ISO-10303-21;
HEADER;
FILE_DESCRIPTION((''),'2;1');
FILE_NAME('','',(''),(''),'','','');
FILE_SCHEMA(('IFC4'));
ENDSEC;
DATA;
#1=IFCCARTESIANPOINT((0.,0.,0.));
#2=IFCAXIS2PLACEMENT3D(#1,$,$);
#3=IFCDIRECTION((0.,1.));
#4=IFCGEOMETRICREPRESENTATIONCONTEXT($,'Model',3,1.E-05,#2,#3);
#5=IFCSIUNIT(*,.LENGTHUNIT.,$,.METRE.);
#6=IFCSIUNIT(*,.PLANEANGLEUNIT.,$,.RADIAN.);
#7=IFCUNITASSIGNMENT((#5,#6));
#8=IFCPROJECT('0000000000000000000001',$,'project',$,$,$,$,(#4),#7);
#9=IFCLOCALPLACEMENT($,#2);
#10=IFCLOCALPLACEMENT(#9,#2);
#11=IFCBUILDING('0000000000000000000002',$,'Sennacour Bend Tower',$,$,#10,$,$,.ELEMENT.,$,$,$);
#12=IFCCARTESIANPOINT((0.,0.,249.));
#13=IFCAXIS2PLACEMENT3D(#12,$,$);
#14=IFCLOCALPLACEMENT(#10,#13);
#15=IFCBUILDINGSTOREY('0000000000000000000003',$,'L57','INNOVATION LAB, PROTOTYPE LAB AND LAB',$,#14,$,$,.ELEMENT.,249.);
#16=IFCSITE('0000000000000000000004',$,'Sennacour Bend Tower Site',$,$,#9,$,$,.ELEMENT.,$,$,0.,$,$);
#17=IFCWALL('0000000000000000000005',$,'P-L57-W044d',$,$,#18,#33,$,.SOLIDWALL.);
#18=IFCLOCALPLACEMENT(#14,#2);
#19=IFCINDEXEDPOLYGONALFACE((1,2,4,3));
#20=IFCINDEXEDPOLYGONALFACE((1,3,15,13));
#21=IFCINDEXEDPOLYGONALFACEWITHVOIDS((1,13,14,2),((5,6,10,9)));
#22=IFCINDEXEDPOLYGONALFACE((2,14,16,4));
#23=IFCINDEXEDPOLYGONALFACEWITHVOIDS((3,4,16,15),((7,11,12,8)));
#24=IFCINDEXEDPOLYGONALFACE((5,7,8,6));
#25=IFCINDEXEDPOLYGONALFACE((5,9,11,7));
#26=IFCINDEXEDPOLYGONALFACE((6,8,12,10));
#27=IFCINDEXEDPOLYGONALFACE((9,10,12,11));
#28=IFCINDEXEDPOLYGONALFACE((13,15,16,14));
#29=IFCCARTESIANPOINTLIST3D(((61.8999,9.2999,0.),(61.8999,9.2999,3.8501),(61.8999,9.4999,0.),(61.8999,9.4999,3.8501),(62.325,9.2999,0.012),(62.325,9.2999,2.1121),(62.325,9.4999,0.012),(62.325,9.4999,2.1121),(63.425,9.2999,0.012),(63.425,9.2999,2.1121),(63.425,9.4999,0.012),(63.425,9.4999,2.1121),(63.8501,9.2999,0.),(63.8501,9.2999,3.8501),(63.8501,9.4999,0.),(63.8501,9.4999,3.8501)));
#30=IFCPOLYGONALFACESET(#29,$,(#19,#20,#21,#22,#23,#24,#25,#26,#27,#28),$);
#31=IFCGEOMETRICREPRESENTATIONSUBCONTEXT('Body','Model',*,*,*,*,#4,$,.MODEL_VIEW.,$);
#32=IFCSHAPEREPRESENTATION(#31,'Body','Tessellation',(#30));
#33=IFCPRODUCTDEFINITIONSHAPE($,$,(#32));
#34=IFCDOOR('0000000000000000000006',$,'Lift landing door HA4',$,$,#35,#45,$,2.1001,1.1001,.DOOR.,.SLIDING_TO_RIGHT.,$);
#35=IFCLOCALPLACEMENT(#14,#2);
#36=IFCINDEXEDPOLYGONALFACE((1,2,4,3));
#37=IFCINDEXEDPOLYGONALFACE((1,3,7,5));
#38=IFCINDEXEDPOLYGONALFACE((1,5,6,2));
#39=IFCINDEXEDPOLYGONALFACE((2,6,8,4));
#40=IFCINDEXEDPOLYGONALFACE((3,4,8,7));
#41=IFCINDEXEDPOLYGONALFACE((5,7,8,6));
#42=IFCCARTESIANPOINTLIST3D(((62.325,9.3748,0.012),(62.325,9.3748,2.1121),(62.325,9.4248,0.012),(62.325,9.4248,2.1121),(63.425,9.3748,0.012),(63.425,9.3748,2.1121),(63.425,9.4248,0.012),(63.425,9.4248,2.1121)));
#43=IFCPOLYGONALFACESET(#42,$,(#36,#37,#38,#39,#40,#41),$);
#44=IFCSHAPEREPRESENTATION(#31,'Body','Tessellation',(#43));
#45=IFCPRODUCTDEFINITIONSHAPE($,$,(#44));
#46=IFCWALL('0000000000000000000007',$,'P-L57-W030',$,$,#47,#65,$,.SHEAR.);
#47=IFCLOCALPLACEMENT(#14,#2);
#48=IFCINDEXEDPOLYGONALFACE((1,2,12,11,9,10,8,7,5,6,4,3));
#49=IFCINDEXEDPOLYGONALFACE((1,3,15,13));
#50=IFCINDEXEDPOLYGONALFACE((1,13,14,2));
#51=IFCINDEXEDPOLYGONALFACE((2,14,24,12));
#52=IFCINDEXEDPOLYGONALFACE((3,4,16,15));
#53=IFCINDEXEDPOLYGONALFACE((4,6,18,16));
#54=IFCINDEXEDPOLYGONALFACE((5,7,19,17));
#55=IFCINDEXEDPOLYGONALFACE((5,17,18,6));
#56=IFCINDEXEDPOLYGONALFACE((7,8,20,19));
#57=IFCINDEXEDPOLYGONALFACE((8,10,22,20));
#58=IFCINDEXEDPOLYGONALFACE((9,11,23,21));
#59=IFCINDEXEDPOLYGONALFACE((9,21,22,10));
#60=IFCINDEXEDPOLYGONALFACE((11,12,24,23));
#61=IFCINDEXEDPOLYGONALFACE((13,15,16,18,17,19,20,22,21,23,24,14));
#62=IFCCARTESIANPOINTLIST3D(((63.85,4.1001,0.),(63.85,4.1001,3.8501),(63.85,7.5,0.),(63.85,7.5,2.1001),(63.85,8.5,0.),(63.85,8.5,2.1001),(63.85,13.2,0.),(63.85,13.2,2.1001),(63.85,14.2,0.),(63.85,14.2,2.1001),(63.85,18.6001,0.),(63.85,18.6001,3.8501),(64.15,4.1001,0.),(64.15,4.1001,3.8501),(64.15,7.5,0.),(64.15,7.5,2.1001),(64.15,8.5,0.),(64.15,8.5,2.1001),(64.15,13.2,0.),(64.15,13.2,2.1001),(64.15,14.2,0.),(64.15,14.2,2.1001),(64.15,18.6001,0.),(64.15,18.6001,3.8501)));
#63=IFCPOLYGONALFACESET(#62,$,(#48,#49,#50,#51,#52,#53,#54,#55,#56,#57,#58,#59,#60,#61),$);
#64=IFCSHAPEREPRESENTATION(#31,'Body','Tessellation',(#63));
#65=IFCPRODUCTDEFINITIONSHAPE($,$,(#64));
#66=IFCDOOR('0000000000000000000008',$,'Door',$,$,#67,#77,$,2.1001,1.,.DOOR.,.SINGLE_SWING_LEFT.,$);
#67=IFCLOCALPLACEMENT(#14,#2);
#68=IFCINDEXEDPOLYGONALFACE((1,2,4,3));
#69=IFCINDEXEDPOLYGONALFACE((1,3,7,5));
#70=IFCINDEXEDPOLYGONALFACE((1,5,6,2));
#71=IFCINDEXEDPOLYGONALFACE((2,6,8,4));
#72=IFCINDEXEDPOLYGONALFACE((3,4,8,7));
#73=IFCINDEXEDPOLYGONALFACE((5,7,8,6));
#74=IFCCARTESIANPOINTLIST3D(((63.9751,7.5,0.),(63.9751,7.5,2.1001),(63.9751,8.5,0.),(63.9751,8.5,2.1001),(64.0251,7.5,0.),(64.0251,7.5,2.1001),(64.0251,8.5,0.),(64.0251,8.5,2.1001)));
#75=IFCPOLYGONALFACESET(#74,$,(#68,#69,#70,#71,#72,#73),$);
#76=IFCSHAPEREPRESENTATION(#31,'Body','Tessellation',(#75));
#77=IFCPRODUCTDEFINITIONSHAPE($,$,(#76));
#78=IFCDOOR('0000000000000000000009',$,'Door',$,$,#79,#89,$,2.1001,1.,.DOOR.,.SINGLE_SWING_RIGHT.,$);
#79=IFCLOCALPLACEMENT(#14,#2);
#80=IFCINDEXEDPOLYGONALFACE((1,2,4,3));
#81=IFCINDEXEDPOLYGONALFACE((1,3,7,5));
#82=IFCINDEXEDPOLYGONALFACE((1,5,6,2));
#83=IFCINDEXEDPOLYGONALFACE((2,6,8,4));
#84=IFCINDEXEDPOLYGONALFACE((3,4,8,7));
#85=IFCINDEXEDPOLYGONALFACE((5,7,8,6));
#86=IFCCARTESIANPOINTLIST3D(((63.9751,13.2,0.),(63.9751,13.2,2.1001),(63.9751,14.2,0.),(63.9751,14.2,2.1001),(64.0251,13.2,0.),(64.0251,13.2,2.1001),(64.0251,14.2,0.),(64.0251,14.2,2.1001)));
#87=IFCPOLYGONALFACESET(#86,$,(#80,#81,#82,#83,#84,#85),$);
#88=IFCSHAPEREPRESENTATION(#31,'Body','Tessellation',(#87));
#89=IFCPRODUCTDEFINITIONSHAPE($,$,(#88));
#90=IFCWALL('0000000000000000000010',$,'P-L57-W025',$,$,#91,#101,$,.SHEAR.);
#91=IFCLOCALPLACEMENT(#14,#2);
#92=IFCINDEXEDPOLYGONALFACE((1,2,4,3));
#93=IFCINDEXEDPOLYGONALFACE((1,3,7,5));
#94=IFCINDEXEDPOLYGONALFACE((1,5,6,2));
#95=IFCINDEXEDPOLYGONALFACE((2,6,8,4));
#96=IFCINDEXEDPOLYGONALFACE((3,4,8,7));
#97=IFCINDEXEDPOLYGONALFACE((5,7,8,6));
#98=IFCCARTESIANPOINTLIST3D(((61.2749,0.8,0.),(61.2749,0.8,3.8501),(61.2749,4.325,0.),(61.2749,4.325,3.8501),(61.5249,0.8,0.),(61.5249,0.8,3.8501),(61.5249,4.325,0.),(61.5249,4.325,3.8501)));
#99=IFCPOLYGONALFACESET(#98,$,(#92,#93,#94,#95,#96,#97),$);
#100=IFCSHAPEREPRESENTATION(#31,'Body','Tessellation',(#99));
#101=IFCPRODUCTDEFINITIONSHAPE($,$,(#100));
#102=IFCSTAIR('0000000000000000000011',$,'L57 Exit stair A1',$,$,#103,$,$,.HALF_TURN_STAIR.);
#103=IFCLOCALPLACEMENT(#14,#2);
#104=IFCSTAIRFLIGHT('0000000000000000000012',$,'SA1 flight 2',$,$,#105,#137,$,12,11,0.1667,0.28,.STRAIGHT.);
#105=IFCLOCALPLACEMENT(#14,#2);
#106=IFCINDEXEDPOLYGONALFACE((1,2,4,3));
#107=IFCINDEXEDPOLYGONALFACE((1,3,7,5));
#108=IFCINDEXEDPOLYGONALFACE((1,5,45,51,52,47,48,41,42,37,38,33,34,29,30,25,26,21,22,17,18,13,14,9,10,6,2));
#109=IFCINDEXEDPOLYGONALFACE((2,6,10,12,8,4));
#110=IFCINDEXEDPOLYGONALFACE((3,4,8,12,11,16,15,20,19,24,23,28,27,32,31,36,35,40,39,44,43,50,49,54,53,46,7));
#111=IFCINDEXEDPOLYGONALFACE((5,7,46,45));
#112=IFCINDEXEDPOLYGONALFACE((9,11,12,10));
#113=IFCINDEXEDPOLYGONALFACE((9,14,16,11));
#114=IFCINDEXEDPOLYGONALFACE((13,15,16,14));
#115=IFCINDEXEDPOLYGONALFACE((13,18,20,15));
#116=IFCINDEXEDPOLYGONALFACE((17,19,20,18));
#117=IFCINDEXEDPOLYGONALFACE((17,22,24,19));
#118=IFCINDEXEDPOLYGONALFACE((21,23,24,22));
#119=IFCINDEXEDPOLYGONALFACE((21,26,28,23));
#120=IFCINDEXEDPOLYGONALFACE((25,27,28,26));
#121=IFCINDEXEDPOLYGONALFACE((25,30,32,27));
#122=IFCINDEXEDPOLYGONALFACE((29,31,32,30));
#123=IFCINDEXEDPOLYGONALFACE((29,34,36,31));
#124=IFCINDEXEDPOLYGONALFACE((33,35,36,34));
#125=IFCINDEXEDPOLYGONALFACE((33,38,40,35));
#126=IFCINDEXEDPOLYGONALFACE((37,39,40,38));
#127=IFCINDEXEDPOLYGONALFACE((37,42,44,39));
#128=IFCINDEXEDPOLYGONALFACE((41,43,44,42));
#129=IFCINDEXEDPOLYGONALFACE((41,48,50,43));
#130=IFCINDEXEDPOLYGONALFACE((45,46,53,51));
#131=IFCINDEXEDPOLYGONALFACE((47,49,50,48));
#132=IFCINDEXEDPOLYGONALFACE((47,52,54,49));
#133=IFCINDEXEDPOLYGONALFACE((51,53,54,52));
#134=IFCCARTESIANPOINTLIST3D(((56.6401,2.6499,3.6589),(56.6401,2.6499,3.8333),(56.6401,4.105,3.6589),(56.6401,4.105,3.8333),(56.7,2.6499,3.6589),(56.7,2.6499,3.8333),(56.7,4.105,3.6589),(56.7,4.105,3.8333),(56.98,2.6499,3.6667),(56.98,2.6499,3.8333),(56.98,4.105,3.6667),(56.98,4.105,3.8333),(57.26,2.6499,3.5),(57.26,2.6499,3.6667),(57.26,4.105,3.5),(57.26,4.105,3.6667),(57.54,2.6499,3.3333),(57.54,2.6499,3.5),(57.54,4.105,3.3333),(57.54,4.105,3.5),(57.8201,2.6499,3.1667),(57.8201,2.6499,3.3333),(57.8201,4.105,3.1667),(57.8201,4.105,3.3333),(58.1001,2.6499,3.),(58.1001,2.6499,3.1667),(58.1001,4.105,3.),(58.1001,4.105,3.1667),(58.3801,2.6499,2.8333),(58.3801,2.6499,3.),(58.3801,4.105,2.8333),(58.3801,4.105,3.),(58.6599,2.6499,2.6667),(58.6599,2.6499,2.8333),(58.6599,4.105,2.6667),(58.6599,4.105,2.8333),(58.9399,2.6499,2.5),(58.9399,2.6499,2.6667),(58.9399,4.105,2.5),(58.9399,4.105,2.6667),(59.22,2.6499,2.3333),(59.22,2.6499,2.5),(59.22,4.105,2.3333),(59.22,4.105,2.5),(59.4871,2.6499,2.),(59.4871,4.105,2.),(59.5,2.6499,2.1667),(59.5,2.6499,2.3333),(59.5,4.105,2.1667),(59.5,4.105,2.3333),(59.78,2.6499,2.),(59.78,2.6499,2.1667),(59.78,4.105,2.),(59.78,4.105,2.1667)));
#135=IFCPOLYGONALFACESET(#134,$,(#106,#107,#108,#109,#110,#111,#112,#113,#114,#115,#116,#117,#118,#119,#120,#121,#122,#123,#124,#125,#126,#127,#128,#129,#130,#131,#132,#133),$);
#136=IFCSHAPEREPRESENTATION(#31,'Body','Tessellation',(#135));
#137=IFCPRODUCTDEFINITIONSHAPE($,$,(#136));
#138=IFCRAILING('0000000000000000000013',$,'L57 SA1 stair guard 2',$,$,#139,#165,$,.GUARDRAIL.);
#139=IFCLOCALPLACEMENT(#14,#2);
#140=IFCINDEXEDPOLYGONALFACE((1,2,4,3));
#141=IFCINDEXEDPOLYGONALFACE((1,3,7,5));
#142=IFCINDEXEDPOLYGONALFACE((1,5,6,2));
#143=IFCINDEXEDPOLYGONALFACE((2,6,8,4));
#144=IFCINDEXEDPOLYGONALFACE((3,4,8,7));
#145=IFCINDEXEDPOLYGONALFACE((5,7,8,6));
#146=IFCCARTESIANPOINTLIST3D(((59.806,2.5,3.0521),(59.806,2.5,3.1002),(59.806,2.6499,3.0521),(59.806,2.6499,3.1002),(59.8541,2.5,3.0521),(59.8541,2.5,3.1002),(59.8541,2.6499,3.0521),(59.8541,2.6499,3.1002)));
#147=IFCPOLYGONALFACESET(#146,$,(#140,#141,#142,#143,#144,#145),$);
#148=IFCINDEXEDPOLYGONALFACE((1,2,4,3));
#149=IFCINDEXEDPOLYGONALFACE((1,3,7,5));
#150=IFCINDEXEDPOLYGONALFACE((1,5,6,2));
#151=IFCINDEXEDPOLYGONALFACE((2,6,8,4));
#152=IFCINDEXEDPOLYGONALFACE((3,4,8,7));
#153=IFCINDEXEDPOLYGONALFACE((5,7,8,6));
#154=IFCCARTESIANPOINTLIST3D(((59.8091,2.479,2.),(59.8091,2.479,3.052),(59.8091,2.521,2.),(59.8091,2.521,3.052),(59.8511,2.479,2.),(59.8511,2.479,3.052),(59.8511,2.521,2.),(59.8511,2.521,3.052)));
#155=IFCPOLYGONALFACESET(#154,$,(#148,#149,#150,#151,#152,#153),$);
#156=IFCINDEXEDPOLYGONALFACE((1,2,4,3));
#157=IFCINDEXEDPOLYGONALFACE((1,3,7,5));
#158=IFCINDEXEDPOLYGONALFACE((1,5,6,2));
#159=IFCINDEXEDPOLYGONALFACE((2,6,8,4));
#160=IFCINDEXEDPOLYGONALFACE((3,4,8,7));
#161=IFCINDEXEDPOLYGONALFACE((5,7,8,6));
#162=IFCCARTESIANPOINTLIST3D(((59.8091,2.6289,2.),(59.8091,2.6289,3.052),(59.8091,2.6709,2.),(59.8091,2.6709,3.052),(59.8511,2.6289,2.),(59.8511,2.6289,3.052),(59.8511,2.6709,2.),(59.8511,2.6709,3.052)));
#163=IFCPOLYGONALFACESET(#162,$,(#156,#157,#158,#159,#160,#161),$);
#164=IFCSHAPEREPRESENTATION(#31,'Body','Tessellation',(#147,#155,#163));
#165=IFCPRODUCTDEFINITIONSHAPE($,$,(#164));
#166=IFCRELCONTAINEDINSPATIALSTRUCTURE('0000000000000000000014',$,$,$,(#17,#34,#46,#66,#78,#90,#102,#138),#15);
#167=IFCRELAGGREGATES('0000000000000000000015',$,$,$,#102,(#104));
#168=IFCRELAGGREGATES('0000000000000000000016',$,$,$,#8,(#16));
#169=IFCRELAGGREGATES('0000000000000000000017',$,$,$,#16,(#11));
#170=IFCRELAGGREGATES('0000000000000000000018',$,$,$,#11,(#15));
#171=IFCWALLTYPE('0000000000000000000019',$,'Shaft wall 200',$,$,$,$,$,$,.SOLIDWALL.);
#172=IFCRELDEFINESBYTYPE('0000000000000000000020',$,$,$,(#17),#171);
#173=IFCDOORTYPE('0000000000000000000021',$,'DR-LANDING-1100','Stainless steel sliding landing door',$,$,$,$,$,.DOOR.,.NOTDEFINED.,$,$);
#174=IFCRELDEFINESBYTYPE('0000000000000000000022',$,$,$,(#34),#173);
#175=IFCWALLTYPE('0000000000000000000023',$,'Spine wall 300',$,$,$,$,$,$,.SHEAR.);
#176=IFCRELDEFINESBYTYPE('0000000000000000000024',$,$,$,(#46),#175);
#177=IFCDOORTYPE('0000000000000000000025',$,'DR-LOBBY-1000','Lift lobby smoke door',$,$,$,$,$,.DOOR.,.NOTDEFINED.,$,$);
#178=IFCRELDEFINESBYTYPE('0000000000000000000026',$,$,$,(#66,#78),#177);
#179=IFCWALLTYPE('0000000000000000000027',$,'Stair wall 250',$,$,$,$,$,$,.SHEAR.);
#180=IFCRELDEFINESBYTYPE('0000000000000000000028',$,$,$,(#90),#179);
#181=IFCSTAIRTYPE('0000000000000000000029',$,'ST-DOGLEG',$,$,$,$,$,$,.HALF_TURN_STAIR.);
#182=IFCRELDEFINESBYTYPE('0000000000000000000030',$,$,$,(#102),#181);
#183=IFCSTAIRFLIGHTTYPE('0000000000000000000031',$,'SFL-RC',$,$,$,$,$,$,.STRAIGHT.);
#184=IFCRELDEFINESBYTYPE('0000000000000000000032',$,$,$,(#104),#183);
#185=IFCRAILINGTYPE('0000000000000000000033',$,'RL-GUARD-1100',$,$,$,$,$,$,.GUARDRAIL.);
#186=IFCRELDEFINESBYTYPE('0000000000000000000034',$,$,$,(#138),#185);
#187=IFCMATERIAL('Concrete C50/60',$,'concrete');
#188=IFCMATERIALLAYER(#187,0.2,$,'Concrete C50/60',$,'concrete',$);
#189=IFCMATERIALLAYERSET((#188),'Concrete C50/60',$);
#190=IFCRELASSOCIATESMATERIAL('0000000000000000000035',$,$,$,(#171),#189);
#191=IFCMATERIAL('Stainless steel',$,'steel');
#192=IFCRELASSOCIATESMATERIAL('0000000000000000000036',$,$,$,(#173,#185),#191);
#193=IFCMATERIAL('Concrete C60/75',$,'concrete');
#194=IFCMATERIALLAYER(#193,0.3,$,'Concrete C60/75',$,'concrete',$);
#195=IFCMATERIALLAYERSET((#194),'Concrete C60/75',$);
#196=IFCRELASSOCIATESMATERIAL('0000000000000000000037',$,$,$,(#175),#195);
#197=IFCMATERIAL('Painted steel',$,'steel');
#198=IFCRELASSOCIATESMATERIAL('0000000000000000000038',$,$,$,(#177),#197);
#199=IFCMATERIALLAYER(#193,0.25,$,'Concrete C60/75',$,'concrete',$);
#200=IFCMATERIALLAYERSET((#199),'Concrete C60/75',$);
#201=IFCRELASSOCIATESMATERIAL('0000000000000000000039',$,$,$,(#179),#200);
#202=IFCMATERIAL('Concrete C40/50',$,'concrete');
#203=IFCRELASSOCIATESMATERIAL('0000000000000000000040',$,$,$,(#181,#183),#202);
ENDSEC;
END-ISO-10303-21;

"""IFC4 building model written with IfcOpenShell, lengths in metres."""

from ifc_helpers import new_model, si_unit, direction, frame, frame_2d, origin, origin_2d, place, context, subcontext, project, spatial, polyline, rectangle, outline, extrude, material, layer, layer_set, type_object, element, fill, aggregate, save


model = new_model("IFC4")

# Units and contexts
model_context = context("Model", 3, precision=1e-05, world=origin(), true_north=direction((0.0, 1.0)))
body_context = subcontext(model_context, "Body", "Model", "MODEL_VIEW")
ifc_project = project(units=[si_unit("LENGTHUNIT", "METRE"), si_unit("PLANEANGLEUNIT", "RADIAN")], contexts=[model_context])

# Site, building, storey
site_placement = place(None, origin())
site = spatial("IfcSite", under=ifc_project, at=site_placement, Name="Sennacour Bend Tower Site", CompositionType="ELEMENT", RefElevation=0.0)
building_placement = place(site_placement, origin())
building = spatial("IfcBuilding", under=site, at=building_placement, Name="Sennacour Bend Tower", CompositionType="ELEMENT")
storey_placement = place(building_placement, frame((0.0, 0.0, 249.0)))
storey = spatial("IfcBuildingStorey", under=building, at=storey_placement, Name="L57", Description="INNOVATION LAB, PROTOTYPE LAB AND LAB", CompositionType="ELEMENT", Elevation=249.0)

# Shared definitions
ifc_material_1 = material(Name="Concrete C50/60", Category="concrete")

# Shared definitions
ifc_material_2 = material(Name="Painted steel", Category="steel")

# Shared definitions
ifc_layer_1 = layer(ifc_material_1, 0.2, Name="Concrete C50/60", Category="concrete")
ifc_layer_set_1 = layer_set([ifc_layer_1], Name="Concrete C50/60")
wall_type_1 = type_object("IfcWallType", Name="Shaft wall 200", PredefinedType="SOLIDWALL", material=ifc_layer_set_1)

# Wall, opening, door
wall_1_placement = place(storey_placement, frame((61.8999, 9.3999, 0.0), z_axis=(0.0, 0.0, 1.0), x_axis=(1.0, 0.0, 0.0)))
wall_1 = element("IfcWall", 1, at=wall_1_placement, inside=storey, type_object=wall_type_1, Name="P-L57-W044d", PredefinedType="SOLIDWALL", context=body_context, shape_type="SweptSolid", body=[
    extrude(rectangle(XDim=1.9502, YDim=0.2, at=frame_2d((0.9751, 0.0))), origin(), (0.0, 0.0, 1.0), 3.8501),
])
opening_1_placement = place(wall_1_placement, frame((0.425, 0.0, 0.012)))
opening_1 = element("IfcOpeningElement", 2, at=opening_1_placement, cuts=wall_1, PredefinedType="OPENING", context=body_context, shape_type="SweptSolid", body=[
    extrude(rectangle(XDim=1.1001, YDim=2.1001, at=frame_2d((0.55, 1.05))), frame((0.0, 0.1099, 0.0), z_axis=(0.0, -1.0, 0.0), x_axis=(1.0, 0.0, 0.0)), (0.0, 0.0, 1.0), 0.22),
])
ifc_material_3 = material(Name="Stainless steel", Category="steel")
door_type_1 = type_object("IfcDoorType", Name="DR-LANDING-1100", Description="Stainless steel sliding landing door", OperationType="NOTDEFINED", PredefinedType="DOOR", material=ifc_material_3)
door_1_placement = place(opening_1_placement, origin())
door_1 = element("IfcDoor", 3, at=door_1_placement, inside=storey, type_object=door_type_1, Name="Lift landing door HA4", OperationType="SLIDING_TO_RIGHT", OverallHeight=2.1001, OverallWidth=1.1001, PredefinedType="DOOR", context=body_context, shape_type="SweptSolid", body=[
    extrude(rectangle(XDim=1.1001, YDim=2.1001, at=frame_2d((0.55, 1.05))), frame((0.0, 0.0249, 0.0), z_axis=(0.0, -1.0, 0.0), x_axis=(1.0, 0.0, 0.0)), (0.0, 0.0, 1.0), 0.05),
])
fill(opening_1, door_1)

# Wall, openings, doors
ifc_material_4 = material(Name="Concrete C60/75", Category="concrete")
ifc_layer_2 = layer(ifc_material_4, 0.3, Name="Concrete C60/75", Category="concrete")
ifc_layer_set_2 = layer_set([ifc_layer_2], Name="Concrete C60/75")
wall_type_2 = type_object("IfcWallType", Name="Spine wall 300", PredefinedType="SHEAR", material=ifc_layer_set_2)
wall_2_placement = place(storey_placement, frame((64.0, 4.1001, 0.0), z_axis=(0.0, 0.0, 1.0), x_axis=(0.0, 1.0, 0.0)))
wall_2 = element("IfcWall", 4, at=wall_2_placement, inside=storey, type_object=wall_type_2, Name="P-L57-W030", PredefinedType="SHEAR", context=body_context, shape_type="SweptSolid", body=[
    extrude(rectangle(XDim=14.5, YDim=0.3, at=frame_2d((7.25, 0.0))), origin(), (0.0, 0.0, 1.0), 3.8501),
])
opening_2_placement = place(wall_2_placement, frame((3.3999, 0.0, 0.0)))
opening_2 = element("IfcOpeningElement", 5, at=opening_2_placement, cuts=wall_2, PredefinedType="OPENING", context=body_context, shape_type="SweptSolid", body=[
    extrude(rectangle(XDim=1.0, YDim=2.1001, at=frame_2d((0.5, 1.05))), frame((0.0, 0.1602, 0.0), z_axis=(0.0, -1.0, 0.0), x_axis=(1.0, 0.0, 0.0)), (0.0, 0.0, 1.0), 0.3201),
])
opening_3_placement = place(wall_2_placement, frame((9.0999, 0.0, 0.0)))
opening_3 = element("IfcOpeningElement", 6, at=opening_3_placement, cuts=wall_2, PredefinedType="OPENING", context=body_context, shape_type="SweptSolid", body=[
    extrude(rectangle(XDim=1.0, YDim=2.1001, at=frame_2d((0.5, 1.05))), frame((0.0, 0.1602, 0.0), z_axis=(0.0, -1.0, 0.0), x_axis=(1.0, 0.0, 0.0)), (0.0, 0.0, 1.0), 0.3201),
])
door_type_2 = type_object("IfcDoorType", Name="DR-LOBBY-1000", Description="Lift lobby smoke door", OperationType="NOTDEFINED", PredefinedType="DOOR", material=ifc_material_2)
door_2_placement = place(opening_2_placement, origin())
door_2 = element("IfcDoor", 7, at=door_2_placement, inside=storey, type_object=door_type_2, Name="Door", OperationType="SINGLE_SWING_LEFT", OverallHeight=2.1001, OverallWidth=1.0, PredefinedType="DOOR", context=body_context, shape_type="SweptSolid", body=[
    extrude(rectangle(XDim=1.0, YDim=2.1001, at=frame_2d((0.5, 1.05))), frame((0.0, 0.0249, 0.0), z_axis=(0.0, -1.0, 0.0), x_axis=(1.0, 0.0, 0.0)), (0.0, 0.0, 1.0), 0.05),
])
fill(opening_2, door_2)
door_3_placement = place(opening_3_placement, origin())
door_3 = element("IfcDoor", 8, at=door_3_placement, inside=storey, type_object=door_type_2, Name="Door", OperationType="SINGLE_SWING_RIGHT", OverallHeight=2.1001, OverallWidth=1.0, PredefinedType="DOOR", context=body_context, shape_type="SweptSolid", body=[
    extrude(rectangle(XDim=1.0, YDim=2.1001, at=frame_2d((0.5, 1.05))), frame((0.0, 0.0249, 0.0), z_axis=(0.0, -1.0, 0.0), x_axis=(1.0, 0.0, 0.0)), (0.0, 0.0, 1.0), 0.05),
])
fill(opening_3, door_3)

# Wall
ifc_layer_3 = layer(ifc_material_4, 0.25, Name="Concrete C60/75", Category="concrete")
ifc_layer_set_3 = layer_set([ifc_layer_3], Name="Concrete C60/75")
wall_type_3 = type_object("IfcWallType", Name="Stair wall 250", PredefinedType="SHEAR", material=ifc_layer_set_3)
wall_3_placement = place(storey_placement, frame((61.3999, 0.8, 0.0), z_axis=(0.0, 0.0, 1.0), x_axis=(0.0, 1.0, 0.0)))
element("IfcWall", 9, at=wall_3_placement, inside=storey, type_object=wall_type_3, Name="P-L57-W025", PredefinedType="SHEAR", context=body_context, shape_type="SweptSolid", body=[
    extrude(rectangle(XDim=3.5249, YDim=0.25, at=frame_2d((1.7625, 0.0))), origin(), (0.0, 0.0, 1.0), 3.8501),
])

# Stair, stair flight
ifc_material_5 = material(Name="Concrete C40/50", Category="concrete")
stair_type = type_object("IfcStairType", Name="ST-DOGLEG", PredefinedType="HALF_TURN_STAIR", material=ifc_material_5)
stair_placement = place(storey_placement, origin())
stair = element("IfcStair", 10, at=stair_placement, inside=storey, type_object=stair_type, Name="L57 Exit stair A1", PredefinedType="HALF_TURN_STAIR")
stair_flight_type = type_object("IfcStairFlightType", Name="SFL-RC", PredefinedType="STRAIGHT", material=ifc_material_5)
stair_flight_placement = place(storey_placement, frame((59.78, 3.3774, 2.0), z_axis=(0.0, 0.0, 1.0), x_axis=(-1.0, 0.0, 0.0)))
stair_flight = element("IfcStairFlight", 11, at=stair_flight_placement, type_object=stair_flight_type, Name="SA1 flight 2", NumberOfRisers=12, NumberOfTreads=11, PredefinedType="STRAIGHT", RiserHeight=0.1667, TreadLength=0.28, context=body_context, shape_type="SweptSolid", body=[
    extrude(outline(polyline([(0.0, 0.0), (0.0, 0.1667), (0.28, 0.1667), (0.28, 0.3333), (0.5601, 0.3333), (0.5601, 0.5), (0.8401, 0.5), (0.8401, 0.6667), (1.1201, 0.6667), (1.1201, 0.8333), (1.3999, 0.8333), (1.3999, 1.0), (1.6799, 1.0), (1.6799, 1.1667), (1.96, 1.1667), (1.96, 1.3333), (2.24, 1.3333), (2.24, 1.5), (2.52, 1.5), (2.52, 1.6667), (2.8, 1.6667), (2.8, 1.8333), (3.0801, 1.8333), (3.1399, 1.8333), (3.1399, 1.6589), (3.0801, 1.6589), (0.293, 0.0), (0.0, 0.0)])), frame((0.0, 0.7275, 0.0), z_axis=(0.0, -1.0, 0.0), x_axis=(1.0, 0.0, 0.0)), (0.0, 0.0, 1.0), 1.4551),
])
aggregate(stair, [stair_flight])

# Railing
railing_type_1 = type_object("IfcRailingType", Name="RL-GUARD-1100", PredefinedType="GUARDRAIL", material=ifc_material_3)
railing_1_placement = place(storey_placement, frame((59.8301, 2.5, 2.0)))
element("IfcRailing", 12, at=railing_1_placement, inside=storey, type_object=railing_type_1, Name="L57 SA1 stair guard 2", PredefinedType="GUARDRAIL", context=body_context, shape_type="SweptSolid", body=[
    extrude(rectangle(XDim=0.0481, YDim=0.0481, at=origin_2d()), frame((0.0, 0.0, 1.0762), z_axis=(0.0, 1.0, 0.0), x_axis=(-1.0, 0.0, 0.0)), (0.0, 0.0, 1.0), 0.1499),
    extrude(rectangle(XDim=0.042, YDim=0.042, at=origin_2d()), origin(), (0.0, 0.0, 1.0), 1.052),
    extrude(rectangle(XDim=0.042, YDim=0.042, at=origin_2d()), frame((0.0, 0.1499, 0.0)), (0.0, 0.0, 1.0), 1.052),
])

save(model, "model.ifc")
